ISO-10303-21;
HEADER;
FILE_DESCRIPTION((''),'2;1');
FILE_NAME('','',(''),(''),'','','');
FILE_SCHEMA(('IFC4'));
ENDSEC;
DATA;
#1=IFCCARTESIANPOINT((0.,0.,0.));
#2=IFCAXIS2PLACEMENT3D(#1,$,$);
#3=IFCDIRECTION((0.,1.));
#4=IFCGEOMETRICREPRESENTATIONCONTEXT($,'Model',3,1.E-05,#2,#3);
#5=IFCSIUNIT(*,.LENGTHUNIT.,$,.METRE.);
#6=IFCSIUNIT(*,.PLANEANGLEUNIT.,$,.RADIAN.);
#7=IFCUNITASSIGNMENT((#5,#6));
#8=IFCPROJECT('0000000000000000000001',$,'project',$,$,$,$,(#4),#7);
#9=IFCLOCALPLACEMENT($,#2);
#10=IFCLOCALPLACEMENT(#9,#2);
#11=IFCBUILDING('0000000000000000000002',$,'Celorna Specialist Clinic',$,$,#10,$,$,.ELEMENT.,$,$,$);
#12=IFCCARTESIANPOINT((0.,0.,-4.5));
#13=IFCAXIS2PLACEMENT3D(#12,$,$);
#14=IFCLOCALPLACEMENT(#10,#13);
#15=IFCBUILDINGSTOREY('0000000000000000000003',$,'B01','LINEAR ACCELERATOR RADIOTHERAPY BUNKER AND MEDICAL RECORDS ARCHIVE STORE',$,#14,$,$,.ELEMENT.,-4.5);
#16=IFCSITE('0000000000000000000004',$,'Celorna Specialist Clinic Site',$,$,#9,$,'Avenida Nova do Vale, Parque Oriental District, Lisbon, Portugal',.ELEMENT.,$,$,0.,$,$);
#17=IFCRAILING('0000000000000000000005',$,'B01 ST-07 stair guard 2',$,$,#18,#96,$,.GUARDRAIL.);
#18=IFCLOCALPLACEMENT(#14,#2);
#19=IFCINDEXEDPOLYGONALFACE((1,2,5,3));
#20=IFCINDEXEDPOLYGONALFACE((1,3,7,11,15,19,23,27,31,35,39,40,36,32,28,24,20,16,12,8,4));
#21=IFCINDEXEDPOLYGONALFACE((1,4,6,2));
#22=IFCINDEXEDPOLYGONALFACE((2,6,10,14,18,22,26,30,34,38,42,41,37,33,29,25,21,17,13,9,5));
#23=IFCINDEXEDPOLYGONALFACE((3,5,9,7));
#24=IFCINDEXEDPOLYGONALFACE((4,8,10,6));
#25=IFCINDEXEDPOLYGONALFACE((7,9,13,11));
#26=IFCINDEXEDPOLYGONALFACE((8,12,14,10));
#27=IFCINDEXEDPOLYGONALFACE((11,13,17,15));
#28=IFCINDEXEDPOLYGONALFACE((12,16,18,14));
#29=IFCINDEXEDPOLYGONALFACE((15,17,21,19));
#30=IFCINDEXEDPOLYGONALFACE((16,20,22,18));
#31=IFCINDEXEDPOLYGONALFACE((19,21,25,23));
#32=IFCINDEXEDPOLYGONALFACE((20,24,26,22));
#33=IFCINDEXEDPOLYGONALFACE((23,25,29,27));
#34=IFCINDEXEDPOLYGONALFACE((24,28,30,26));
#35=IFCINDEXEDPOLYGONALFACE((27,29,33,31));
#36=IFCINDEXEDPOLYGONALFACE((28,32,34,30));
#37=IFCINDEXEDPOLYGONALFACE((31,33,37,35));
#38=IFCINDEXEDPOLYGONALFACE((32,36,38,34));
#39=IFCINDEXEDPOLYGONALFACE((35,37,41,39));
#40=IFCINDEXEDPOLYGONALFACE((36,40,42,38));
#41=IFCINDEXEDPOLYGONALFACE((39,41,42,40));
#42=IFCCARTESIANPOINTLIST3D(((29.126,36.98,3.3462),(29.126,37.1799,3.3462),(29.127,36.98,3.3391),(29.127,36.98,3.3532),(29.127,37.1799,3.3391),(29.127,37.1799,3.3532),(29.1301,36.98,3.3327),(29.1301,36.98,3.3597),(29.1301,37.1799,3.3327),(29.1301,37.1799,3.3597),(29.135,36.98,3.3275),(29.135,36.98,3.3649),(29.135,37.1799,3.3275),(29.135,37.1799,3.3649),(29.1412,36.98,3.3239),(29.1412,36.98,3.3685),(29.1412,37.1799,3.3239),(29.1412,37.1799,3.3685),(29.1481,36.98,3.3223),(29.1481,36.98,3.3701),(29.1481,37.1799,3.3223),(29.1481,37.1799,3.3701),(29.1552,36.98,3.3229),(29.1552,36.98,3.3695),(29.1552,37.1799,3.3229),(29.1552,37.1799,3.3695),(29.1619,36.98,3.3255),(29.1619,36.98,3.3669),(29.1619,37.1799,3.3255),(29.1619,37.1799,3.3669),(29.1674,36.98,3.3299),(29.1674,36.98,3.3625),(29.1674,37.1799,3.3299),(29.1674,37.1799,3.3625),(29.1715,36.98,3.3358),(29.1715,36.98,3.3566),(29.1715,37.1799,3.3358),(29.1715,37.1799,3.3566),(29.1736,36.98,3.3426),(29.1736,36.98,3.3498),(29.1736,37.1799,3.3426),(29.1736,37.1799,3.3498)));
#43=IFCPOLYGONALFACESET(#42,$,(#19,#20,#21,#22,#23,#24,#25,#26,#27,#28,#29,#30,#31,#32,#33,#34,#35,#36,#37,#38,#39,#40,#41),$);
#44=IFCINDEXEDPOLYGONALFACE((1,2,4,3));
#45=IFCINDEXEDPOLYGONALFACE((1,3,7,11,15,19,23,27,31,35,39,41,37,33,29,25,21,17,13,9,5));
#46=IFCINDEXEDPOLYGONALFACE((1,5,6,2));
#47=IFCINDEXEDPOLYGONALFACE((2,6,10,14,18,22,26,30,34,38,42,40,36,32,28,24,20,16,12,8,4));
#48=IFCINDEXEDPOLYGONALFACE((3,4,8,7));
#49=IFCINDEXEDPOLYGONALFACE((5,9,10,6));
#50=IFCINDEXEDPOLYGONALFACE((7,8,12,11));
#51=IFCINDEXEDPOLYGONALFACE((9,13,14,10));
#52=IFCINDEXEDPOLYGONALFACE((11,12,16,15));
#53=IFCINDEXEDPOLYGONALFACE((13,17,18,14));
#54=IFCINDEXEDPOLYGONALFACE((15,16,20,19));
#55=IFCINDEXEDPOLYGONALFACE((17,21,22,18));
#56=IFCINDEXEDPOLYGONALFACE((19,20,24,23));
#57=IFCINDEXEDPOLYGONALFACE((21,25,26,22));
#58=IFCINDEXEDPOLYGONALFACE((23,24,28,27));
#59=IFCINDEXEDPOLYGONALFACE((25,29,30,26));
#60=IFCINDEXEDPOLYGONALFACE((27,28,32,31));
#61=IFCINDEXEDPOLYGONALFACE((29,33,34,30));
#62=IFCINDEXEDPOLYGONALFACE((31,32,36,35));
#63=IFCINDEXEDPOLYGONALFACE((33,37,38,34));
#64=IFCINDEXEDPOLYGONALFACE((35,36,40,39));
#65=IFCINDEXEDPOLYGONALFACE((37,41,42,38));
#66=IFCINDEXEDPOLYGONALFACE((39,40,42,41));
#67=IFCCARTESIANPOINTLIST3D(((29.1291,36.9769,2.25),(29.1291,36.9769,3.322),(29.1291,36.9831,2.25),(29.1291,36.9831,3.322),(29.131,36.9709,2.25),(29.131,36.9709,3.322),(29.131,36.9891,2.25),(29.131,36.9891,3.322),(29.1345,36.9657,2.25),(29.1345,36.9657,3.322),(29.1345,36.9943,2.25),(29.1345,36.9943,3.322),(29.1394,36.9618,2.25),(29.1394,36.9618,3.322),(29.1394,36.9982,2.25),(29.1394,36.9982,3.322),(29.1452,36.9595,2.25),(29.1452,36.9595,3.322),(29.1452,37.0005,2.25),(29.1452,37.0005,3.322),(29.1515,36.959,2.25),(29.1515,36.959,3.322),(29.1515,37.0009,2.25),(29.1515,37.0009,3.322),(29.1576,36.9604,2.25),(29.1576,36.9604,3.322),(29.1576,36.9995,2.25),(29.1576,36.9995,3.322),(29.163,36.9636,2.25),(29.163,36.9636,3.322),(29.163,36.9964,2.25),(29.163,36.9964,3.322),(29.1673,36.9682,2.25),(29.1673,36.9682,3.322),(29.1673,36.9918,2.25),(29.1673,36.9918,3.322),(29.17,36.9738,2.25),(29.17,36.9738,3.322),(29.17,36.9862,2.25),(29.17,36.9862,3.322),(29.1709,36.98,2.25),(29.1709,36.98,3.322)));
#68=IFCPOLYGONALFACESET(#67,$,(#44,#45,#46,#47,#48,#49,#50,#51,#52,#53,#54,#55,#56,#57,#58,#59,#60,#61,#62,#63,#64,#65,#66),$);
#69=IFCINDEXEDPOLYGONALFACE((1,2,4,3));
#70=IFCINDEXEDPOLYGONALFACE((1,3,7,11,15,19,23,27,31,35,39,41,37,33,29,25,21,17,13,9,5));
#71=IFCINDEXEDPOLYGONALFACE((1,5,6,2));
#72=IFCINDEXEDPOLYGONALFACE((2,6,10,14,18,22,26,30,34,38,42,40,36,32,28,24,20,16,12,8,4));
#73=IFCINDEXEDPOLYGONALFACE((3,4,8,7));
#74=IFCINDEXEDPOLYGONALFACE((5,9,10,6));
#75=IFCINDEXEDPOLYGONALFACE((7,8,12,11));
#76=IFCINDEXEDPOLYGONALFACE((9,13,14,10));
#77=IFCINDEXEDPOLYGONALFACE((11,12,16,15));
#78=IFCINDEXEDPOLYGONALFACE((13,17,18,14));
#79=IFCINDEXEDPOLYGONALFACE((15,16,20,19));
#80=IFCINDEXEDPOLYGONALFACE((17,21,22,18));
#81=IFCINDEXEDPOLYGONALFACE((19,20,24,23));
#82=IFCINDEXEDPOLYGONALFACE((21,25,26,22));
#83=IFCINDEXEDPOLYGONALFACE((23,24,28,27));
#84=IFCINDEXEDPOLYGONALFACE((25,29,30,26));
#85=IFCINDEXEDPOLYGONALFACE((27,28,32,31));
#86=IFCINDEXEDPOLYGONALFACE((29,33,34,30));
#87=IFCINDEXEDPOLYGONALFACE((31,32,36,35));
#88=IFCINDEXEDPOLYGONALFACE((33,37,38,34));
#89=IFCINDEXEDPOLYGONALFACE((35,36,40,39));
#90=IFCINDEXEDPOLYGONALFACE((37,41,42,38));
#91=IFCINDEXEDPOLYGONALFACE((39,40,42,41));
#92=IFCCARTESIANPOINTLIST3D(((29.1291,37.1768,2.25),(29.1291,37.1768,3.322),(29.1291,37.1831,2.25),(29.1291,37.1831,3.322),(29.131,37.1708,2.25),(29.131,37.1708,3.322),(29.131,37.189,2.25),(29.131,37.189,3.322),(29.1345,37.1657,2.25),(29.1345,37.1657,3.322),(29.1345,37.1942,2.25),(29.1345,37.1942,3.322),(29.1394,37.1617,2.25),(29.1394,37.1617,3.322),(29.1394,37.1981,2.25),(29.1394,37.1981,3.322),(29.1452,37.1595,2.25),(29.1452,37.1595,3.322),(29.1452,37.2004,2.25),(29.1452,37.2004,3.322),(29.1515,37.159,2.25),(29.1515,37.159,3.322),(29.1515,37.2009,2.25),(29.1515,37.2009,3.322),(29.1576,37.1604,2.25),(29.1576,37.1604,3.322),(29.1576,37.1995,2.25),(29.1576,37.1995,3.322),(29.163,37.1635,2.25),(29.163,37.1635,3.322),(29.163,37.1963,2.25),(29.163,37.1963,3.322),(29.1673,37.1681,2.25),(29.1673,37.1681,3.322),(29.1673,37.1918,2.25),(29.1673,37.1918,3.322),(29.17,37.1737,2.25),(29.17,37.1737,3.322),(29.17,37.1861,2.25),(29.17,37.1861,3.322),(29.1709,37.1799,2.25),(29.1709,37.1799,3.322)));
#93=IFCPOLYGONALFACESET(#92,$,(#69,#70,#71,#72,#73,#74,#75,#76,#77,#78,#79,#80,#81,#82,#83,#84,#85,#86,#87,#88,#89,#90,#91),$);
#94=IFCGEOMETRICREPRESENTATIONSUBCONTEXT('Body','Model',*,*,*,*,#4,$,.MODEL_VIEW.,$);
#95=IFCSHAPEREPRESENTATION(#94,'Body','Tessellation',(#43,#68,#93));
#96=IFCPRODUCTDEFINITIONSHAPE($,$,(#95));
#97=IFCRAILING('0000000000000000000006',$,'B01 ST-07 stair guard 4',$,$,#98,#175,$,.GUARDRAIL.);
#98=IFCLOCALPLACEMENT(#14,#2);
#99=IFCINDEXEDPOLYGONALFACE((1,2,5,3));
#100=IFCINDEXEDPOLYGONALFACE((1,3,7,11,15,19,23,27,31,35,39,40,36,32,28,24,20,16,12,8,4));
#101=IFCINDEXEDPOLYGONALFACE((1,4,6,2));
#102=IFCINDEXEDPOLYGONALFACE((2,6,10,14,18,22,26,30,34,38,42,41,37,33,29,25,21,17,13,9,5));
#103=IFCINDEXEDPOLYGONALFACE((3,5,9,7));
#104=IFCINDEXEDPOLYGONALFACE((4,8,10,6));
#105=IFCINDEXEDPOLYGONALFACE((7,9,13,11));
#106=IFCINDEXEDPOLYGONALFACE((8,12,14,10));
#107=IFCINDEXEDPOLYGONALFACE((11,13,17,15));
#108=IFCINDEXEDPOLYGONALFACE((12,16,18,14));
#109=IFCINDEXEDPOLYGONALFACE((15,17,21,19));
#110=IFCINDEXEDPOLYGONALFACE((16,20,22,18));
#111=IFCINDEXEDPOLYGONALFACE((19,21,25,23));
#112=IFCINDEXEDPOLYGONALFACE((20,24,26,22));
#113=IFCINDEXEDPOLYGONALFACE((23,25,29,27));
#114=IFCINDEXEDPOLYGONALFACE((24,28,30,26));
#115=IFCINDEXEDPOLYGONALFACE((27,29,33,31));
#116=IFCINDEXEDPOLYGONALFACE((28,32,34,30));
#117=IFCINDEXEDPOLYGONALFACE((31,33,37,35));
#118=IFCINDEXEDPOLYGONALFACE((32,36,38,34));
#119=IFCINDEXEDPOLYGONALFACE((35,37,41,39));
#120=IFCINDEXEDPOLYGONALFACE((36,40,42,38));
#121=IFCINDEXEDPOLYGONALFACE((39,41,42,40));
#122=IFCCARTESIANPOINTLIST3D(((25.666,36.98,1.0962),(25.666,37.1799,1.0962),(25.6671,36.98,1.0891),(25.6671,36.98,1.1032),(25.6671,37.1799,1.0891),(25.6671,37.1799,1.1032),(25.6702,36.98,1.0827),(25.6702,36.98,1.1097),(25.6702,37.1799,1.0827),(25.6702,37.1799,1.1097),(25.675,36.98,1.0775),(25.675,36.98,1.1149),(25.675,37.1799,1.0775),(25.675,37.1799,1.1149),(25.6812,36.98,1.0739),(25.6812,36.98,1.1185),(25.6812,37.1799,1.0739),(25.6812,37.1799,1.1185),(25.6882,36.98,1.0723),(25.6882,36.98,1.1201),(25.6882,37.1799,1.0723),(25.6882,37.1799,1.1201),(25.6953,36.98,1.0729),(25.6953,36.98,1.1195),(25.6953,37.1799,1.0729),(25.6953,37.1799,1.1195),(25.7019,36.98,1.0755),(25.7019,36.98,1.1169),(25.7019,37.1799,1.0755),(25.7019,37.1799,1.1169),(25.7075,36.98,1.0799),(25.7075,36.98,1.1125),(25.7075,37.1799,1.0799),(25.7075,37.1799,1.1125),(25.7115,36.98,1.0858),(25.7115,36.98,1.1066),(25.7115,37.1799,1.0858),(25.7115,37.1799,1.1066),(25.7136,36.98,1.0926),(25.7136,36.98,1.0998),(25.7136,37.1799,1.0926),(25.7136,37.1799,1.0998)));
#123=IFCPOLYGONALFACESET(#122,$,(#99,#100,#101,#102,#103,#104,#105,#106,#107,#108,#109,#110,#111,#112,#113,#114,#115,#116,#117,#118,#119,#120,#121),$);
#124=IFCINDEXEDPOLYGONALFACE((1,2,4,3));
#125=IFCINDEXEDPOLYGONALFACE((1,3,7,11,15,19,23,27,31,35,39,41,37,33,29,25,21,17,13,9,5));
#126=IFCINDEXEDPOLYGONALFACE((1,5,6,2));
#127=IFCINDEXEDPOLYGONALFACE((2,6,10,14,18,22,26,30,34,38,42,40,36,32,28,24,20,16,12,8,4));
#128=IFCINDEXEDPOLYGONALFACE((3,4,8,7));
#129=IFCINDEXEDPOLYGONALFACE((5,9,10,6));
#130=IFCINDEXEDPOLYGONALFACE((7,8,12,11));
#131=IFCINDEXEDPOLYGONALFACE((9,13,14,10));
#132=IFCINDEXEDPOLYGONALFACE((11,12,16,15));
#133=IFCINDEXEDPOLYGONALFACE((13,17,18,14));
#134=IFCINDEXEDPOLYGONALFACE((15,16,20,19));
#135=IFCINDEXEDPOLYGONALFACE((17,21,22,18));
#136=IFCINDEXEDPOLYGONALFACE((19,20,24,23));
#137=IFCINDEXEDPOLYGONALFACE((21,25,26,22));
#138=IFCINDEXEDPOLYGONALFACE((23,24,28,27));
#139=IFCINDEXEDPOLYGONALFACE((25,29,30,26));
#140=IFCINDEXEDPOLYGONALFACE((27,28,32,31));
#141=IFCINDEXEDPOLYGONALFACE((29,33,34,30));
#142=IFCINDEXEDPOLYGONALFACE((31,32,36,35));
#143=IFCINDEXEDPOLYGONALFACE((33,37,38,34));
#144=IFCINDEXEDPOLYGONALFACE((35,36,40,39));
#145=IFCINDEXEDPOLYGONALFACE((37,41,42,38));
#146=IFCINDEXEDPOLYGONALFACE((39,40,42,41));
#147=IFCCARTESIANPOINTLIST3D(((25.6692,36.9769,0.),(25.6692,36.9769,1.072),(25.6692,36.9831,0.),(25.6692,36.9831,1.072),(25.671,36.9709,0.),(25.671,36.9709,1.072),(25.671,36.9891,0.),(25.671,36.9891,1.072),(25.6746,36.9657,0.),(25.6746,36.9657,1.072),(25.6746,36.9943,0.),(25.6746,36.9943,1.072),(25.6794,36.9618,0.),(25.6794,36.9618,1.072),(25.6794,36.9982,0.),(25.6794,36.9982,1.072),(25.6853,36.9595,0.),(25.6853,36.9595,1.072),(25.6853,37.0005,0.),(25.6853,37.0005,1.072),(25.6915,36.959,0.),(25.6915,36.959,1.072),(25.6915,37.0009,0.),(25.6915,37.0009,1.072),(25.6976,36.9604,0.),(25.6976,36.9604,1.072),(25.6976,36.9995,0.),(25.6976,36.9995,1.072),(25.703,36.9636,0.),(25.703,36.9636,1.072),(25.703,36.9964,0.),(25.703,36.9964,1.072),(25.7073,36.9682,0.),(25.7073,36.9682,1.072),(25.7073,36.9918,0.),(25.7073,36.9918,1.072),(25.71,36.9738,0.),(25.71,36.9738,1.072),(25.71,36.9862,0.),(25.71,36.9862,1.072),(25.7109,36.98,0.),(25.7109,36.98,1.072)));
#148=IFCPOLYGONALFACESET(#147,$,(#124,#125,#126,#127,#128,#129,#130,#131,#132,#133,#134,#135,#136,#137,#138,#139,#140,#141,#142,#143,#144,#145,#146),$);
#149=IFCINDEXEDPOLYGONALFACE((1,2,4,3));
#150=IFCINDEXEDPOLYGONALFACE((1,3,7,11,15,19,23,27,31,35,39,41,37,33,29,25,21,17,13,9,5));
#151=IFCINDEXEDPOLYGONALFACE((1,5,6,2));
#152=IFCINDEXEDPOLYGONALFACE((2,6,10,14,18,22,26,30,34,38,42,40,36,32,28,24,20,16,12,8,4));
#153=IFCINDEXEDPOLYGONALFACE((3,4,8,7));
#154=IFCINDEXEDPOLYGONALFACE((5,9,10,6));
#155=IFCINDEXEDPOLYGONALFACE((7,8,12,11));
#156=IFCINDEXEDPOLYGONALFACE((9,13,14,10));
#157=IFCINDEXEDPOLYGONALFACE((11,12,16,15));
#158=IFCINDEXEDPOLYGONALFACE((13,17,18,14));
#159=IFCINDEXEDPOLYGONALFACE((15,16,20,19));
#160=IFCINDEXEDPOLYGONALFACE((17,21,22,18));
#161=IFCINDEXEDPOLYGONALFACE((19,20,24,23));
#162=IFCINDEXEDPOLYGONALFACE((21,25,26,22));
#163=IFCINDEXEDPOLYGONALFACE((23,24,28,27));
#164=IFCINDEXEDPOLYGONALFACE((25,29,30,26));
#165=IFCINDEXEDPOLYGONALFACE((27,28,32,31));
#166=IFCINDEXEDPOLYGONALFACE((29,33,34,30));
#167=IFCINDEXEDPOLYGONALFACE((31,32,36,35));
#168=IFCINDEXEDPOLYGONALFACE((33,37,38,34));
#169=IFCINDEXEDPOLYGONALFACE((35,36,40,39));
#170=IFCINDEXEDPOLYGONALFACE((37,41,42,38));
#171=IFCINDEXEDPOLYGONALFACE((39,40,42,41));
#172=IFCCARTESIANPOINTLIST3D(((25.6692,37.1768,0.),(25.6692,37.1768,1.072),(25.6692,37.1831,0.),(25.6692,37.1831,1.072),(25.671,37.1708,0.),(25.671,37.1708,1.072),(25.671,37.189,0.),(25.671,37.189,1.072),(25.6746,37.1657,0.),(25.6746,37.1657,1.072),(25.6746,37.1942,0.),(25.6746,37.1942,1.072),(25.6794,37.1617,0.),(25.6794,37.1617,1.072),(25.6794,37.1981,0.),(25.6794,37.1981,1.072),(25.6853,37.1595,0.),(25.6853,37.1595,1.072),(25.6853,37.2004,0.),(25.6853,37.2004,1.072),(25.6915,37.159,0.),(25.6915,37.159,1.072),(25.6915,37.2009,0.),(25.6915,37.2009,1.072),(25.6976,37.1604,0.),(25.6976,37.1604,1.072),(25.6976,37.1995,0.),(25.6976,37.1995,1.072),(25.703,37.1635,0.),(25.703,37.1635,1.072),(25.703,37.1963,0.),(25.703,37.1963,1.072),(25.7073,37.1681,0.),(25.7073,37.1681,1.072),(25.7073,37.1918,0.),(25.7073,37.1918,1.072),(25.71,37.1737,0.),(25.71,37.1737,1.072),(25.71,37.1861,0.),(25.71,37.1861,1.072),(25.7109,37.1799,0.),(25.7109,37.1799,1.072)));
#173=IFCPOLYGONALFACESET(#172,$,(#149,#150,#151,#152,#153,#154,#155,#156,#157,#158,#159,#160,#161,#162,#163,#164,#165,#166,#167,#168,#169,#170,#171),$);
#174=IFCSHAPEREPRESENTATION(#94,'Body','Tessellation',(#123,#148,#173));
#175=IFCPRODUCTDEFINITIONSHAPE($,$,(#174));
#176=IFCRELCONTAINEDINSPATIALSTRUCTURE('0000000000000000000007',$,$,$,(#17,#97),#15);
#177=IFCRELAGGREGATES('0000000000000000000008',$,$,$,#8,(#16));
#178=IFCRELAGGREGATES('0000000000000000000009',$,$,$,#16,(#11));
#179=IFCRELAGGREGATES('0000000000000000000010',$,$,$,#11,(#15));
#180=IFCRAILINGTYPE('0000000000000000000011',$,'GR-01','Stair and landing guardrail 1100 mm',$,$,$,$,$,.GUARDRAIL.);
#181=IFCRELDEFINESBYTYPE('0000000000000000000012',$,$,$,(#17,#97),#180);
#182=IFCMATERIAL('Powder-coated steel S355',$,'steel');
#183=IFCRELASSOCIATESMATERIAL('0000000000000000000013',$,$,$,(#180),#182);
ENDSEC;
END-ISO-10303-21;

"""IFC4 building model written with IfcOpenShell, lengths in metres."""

from ifc_helpers import new_model, si_unit, direction, frame, origin, origin_2d, place, context, subcontext, project, spatial, circle, extrude, material, type_object, element, save


model = new_model("IFC4")

# Units and contexts
model_context = context("Model", 3, precision=1e-05, world=origin(), true_north=direction((0.0, 1.0)))
body_context = subcontext(model_context, "Body", "Model", "MODEL_VIEW")
ifc_project = project(units=[si_unit("LENGTHUNIT", "METRE"), si_unit("PLANEANGLEUNIT", "RADIAN")], contexts=[model_context])

# Site, building, storey
site_placement = place(None, origin())
site = spatial("IfcSite", under=ifc_project, at=site_placement, Name="Celorna Specialist Clinic Site", LongName="Avenida Nova do Vale, Parque Oriental District, Lisbon, Portugal", CompositionType="ELEMENT", RefElevation=0.0)
building_placement = place(site_placement, origin())
building = spatial("IfcBuilding", under=site, at=building_placement, Name="Celorna Specialist Clinic", CompositionType="ELEMENT")
storey_placement = place(building_placement, frame((0.0, 0.0, -4.5)))
storey = spatial("IfcBuildingStorey", under=building, at=storey_placement, Name="B01", Description="LINEAR ACCELERATOR RADIOTHERAPY BUNKER AND MEDICAL RECORDS ARCHIVE STORE", CompositionType="ELEMENT", Elevation=-4.5)

# Railings
ifc_material_1 = material(Name="Powder-coated steel S355", Category="steel")
railing_type_1 = type_object("IfcRailingType", Name="GR-01", Description="Stair and landing guardrail 1100 mm", PredefinedType="GUARDRAIL", material=ifc_material_1)
for number, where, name in (
    (1, (29.1499, 36.98, 2.25), "B01 ST-07 stair guard 2"),
    (2, (25.6899, 36.98, 0.0), "B01 ST-07 stair guard 4"),
):
    element("IfcRailing", number, at=place(storey_placement, frame(where)), inside=storey, type_object=railing_type_1, Name=name, PredefinedType="GUARDRAIL", context=body_context, shape_type="SweptSolid", body=[
        extrude(circle(Radius=0.0239, at=origin_2d()), frame((0.0, 0.0, 1.0962), z_axis=(0.0, 1.0, 0.0), x_axis=(-1.0, 0.0, 0.0)), (0.0, 0.0, 1.0), 0.2),
        extrude(circle(Radius=0.021, at=origin_2d()), origin(), (0.0, 0.0, 1.0), 1.072),
        extrude(circle(Radius=0.021, at=origin_2d()), frame((0.0, 0.2, 0.0)), (0.0, 0.0, 1.0), 1.072),
    ])

save(model, "model.ifc")
